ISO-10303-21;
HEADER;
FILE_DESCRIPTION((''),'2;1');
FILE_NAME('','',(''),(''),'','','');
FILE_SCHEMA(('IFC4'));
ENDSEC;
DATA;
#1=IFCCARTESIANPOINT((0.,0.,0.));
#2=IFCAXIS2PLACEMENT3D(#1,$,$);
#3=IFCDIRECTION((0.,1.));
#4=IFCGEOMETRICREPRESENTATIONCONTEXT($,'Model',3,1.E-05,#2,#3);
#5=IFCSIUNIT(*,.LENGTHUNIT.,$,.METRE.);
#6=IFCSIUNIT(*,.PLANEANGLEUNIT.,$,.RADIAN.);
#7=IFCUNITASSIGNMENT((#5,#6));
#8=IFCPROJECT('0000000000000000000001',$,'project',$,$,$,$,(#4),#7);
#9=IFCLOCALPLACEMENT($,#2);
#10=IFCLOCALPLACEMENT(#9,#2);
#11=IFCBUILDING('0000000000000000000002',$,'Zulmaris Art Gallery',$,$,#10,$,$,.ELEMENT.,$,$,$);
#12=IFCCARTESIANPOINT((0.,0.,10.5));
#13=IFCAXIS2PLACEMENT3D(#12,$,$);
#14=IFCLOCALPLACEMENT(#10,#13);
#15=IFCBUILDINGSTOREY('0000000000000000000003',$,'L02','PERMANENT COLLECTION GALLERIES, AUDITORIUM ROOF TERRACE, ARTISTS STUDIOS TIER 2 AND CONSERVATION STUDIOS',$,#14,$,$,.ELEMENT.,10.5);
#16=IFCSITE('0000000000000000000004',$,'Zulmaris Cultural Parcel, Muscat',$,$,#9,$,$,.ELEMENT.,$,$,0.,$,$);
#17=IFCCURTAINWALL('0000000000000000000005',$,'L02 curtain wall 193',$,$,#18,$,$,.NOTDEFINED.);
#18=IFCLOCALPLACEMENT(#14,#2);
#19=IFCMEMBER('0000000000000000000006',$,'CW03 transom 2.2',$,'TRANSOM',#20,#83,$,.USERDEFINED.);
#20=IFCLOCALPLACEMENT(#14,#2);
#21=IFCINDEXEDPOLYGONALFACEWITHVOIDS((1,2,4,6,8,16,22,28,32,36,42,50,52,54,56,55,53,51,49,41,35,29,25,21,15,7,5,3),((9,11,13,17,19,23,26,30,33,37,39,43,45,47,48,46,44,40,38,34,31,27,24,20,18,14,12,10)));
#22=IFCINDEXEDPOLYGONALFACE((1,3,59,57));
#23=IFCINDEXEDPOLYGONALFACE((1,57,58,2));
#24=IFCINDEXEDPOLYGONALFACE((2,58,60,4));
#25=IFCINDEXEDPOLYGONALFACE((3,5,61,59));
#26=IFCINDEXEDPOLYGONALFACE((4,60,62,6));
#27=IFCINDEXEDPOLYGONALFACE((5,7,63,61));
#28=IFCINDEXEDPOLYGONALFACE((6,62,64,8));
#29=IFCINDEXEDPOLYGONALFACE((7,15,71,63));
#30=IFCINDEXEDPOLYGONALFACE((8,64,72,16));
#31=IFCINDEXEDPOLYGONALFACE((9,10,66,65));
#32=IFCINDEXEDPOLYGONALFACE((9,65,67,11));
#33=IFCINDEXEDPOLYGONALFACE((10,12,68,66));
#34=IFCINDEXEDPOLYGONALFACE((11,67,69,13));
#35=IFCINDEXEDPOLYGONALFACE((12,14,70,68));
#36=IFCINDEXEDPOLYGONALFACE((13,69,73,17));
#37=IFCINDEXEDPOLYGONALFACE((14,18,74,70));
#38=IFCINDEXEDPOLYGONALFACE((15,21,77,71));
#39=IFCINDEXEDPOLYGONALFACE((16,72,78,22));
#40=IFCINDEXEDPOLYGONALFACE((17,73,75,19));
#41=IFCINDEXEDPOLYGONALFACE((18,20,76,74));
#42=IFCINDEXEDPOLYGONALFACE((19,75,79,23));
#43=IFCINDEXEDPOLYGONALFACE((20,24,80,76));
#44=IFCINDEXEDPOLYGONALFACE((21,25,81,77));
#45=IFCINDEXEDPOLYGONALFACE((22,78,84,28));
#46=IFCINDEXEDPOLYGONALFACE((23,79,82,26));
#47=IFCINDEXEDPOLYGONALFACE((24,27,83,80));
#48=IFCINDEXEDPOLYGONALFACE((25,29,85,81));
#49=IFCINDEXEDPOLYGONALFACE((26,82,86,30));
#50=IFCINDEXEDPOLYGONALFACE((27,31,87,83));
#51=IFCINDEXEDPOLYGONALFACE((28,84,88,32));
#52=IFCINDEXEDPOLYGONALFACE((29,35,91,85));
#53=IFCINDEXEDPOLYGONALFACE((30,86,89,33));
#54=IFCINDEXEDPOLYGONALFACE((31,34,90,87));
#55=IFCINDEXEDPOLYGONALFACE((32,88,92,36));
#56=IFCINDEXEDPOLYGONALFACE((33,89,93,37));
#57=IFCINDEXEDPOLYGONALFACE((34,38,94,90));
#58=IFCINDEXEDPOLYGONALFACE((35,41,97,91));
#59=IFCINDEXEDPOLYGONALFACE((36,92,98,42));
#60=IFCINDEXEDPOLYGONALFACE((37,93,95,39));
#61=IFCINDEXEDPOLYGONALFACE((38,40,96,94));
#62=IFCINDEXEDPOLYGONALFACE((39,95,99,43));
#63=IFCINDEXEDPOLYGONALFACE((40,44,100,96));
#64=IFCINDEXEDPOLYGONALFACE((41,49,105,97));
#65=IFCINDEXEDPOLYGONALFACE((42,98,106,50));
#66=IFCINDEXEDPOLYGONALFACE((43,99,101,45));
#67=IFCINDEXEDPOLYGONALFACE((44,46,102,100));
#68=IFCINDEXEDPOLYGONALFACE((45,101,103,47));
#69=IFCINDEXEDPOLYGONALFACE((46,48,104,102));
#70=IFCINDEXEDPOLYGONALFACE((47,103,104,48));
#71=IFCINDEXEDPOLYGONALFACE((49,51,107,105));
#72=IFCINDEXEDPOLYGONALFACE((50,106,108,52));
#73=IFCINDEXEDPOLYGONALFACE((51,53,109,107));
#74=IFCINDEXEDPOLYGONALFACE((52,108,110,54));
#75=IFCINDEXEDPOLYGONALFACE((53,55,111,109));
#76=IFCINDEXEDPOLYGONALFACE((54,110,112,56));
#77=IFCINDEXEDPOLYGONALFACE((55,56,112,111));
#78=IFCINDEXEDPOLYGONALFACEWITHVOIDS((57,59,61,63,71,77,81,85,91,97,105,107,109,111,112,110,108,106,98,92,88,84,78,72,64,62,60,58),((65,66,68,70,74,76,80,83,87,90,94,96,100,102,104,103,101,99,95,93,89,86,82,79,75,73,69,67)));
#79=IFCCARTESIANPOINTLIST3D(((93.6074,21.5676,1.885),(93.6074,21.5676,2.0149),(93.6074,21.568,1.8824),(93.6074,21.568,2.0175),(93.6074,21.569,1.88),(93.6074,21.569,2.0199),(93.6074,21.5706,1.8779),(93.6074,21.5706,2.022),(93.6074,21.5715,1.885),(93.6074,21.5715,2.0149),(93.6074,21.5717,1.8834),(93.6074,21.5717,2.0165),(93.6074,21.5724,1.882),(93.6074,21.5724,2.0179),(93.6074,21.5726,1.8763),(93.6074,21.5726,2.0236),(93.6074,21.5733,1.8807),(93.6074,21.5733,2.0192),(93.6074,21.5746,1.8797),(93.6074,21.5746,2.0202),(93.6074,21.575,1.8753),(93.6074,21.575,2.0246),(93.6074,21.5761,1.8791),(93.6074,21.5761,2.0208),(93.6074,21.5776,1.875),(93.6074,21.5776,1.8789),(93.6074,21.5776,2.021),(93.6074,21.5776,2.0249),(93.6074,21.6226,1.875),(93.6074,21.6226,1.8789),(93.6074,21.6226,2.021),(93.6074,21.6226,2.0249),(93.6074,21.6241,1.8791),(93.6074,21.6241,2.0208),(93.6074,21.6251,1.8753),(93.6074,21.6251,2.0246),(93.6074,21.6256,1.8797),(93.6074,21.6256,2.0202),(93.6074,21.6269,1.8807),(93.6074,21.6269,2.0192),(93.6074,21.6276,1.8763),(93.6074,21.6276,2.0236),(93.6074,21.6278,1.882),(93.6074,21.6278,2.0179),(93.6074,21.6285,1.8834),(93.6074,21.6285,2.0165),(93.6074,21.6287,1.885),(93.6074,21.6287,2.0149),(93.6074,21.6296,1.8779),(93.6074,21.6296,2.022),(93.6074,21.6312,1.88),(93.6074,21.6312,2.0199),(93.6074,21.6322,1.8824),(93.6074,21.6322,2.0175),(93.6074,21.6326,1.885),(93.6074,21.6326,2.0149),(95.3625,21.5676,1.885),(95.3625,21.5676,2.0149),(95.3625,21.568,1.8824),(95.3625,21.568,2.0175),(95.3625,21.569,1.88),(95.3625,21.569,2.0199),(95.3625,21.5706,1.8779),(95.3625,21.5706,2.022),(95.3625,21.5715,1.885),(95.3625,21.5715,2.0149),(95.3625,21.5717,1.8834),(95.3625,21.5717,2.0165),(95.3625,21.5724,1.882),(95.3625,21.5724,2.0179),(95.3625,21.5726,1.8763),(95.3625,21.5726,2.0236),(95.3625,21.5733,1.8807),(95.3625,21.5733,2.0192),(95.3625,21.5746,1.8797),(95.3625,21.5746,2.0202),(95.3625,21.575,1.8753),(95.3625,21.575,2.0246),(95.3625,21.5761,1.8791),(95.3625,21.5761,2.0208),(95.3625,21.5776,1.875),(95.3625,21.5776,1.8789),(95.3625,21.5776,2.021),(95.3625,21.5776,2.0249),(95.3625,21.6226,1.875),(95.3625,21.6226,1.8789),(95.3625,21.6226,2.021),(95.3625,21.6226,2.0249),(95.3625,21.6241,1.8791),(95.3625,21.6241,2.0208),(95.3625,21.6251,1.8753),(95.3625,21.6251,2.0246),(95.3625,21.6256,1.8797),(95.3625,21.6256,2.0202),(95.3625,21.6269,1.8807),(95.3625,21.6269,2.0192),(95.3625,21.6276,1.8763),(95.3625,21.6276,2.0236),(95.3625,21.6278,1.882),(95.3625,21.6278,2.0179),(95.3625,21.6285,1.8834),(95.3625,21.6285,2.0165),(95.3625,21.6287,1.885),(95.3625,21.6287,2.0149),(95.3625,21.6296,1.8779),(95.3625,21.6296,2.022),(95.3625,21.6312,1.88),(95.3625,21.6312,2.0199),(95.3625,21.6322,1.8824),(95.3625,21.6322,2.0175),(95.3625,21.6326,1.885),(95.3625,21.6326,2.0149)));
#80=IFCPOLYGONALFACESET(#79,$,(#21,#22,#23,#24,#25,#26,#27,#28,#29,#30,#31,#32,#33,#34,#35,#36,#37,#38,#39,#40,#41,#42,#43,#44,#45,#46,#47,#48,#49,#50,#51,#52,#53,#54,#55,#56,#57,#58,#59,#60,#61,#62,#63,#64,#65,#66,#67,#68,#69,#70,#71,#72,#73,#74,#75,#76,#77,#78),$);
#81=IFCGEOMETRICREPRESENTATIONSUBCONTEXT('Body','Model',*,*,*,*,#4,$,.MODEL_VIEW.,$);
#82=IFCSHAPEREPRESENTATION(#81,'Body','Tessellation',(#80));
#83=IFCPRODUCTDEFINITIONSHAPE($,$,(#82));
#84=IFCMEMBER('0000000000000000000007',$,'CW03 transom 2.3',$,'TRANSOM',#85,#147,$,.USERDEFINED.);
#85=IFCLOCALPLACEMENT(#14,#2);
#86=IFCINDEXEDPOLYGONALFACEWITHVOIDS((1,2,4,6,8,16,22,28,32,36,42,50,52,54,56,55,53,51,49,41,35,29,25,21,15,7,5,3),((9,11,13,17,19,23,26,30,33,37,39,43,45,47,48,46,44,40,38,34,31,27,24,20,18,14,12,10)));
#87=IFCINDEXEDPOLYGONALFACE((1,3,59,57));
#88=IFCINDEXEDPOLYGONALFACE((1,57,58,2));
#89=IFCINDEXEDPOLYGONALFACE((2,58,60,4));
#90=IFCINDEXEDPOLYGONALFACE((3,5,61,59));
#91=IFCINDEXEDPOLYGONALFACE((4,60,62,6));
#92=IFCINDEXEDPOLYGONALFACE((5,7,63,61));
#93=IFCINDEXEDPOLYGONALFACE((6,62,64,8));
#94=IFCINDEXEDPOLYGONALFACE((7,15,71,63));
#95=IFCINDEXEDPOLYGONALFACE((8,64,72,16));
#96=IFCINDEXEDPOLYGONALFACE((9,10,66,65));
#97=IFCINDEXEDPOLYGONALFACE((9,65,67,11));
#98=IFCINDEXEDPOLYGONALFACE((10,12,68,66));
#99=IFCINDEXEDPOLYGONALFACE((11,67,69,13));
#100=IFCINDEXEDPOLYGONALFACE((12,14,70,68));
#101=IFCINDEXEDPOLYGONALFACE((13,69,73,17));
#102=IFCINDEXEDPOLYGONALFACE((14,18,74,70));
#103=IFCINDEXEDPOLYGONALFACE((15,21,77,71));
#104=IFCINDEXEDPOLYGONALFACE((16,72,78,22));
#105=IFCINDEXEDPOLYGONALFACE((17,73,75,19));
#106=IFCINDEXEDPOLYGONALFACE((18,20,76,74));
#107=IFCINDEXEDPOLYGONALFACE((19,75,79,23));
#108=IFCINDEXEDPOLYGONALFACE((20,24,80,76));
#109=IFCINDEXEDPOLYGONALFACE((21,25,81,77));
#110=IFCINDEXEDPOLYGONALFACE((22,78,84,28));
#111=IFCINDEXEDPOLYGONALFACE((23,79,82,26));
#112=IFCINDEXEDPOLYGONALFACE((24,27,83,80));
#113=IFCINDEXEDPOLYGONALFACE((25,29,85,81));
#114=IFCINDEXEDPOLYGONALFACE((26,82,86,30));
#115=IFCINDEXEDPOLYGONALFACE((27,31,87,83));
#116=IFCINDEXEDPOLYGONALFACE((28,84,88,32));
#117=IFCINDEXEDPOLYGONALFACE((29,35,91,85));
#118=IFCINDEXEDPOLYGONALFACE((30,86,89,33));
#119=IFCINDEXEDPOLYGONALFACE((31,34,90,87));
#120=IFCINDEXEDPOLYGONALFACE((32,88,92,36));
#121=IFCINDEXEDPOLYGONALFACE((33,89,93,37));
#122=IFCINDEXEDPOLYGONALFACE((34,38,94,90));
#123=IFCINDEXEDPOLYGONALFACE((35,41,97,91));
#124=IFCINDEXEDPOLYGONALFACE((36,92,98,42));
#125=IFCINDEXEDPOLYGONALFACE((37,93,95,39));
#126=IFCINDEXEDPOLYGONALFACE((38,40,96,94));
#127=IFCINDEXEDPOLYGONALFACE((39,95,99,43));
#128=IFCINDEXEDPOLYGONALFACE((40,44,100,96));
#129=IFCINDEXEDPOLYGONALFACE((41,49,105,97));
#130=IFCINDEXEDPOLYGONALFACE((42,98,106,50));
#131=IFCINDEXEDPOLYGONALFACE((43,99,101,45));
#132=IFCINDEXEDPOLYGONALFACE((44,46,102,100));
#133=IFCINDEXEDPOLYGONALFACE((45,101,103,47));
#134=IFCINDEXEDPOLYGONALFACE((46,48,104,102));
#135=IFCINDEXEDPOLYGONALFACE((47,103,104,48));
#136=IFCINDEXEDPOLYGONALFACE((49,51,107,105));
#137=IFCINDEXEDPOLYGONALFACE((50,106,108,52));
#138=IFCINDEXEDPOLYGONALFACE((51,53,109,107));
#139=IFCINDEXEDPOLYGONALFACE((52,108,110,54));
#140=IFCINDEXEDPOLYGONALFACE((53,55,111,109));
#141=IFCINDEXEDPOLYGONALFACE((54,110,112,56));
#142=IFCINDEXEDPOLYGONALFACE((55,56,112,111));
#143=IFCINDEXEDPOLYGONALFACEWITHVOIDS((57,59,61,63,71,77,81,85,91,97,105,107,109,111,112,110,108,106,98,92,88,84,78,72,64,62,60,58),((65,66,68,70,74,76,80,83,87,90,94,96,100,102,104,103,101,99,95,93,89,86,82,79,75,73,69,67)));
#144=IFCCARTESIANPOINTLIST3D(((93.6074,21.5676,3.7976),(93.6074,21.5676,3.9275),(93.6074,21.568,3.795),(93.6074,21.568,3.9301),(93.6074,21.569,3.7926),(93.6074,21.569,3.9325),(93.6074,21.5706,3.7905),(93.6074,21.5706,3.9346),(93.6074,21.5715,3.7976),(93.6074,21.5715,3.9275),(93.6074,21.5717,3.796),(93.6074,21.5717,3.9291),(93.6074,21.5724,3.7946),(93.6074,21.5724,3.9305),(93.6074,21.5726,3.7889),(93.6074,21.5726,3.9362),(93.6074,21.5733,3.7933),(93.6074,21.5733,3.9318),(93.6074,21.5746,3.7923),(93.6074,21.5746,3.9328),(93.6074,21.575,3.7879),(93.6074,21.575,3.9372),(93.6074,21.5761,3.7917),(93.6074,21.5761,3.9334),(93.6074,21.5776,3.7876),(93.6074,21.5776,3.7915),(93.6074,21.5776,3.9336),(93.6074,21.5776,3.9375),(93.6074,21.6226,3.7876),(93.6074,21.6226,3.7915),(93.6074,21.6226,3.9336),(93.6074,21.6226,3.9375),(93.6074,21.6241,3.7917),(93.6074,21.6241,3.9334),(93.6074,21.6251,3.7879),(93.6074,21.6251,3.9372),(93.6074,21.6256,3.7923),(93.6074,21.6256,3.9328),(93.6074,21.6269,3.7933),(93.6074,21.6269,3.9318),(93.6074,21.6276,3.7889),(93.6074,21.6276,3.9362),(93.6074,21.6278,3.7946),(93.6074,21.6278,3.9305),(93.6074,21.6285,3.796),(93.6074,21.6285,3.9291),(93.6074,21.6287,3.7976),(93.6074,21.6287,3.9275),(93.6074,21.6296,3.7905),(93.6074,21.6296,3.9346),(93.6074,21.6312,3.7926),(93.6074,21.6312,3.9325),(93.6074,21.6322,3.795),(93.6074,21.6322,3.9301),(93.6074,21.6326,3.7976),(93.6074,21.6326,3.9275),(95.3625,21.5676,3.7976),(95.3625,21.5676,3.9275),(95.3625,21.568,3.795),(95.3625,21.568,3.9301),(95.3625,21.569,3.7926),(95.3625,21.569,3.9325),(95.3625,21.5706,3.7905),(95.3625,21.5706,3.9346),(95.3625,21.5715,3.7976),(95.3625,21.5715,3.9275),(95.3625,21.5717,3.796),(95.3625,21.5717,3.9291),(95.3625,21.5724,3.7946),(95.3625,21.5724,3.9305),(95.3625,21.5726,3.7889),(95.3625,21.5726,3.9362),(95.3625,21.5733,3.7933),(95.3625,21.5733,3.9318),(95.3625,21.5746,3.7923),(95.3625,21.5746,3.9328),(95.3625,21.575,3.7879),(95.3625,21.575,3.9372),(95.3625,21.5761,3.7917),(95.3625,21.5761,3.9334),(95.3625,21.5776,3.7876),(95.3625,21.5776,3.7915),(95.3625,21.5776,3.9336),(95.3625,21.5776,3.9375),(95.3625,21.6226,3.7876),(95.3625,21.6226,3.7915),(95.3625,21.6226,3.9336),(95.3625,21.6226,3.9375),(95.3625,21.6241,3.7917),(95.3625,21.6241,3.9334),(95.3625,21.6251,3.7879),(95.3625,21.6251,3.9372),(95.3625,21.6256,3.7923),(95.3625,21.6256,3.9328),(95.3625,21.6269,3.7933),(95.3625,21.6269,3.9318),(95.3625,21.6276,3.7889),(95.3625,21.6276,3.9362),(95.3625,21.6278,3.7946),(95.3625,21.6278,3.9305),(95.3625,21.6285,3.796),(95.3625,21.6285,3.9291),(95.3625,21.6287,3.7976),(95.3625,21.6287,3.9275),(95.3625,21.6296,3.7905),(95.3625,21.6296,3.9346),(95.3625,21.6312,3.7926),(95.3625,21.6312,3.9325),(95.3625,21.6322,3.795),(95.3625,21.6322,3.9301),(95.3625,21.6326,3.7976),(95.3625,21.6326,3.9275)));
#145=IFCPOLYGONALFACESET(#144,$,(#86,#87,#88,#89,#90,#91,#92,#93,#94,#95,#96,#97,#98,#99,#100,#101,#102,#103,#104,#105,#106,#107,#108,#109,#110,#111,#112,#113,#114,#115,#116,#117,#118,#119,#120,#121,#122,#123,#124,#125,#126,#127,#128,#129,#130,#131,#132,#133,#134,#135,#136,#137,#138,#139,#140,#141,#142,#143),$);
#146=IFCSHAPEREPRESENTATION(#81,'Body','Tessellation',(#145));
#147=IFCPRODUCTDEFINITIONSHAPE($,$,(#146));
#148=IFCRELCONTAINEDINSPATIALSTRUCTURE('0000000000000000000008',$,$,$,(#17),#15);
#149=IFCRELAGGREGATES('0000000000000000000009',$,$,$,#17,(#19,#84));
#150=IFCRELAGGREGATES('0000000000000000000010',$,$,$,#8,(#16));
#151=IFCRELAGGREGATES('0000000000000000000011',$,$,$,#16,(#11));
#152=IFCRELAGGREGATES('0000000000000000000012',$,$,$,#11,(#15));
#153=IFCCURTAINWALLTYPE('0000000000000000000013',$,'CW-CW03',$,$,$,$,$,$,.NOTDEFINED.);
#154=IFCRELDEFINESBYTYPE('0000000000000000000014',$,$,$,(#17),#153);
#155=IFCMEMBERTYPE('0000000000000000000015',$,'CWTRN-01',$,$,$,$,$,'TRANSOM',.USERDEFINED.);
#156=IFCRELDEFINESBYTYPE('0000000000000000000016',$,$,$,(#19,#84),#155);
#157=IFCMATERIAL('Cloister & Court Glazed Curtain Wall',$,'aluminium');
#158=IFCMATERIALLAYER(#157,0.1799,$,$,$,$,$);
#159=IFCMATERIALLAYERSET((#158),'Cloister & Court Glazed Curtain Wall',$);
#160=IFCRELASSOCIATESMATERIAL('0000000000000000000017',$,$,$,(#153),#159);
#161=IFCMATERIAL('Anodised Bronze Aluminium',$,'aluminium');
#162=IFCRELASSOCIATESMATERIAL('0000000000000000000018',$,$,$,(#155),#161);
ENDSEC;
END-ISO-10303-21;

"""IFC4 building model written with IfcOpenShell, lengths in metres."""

from ifc_helpers import new_model, si_unit, direction, frame, origin, origin_2d, place, context, subcontext, project, spatial, hollow_rectangle, extrude, material, layer, layer_set, material_profile, profile_set, type_object, element, aggregate, save


model = new_model("IFC4")

# Units and contexts
model_context = context("Model", 3, precision=1e-05, world=origin(), true_north=direction((0.0, 1.0)))
body_context = subcontext(model_context, "Body", "Model", "MODEL_VIEW")
ifc_project = project(units=[si_unit("LENGTHUNIT", "METRE"), si_unit("PLANEANGLEUNIT", "RADIAN")], contexts=[model_context])

# Site, building, storey
site_placement = place(None, origin())
site = spatial("IfcSite", under=ifc_project, at=site_placement, Name="Zulmaris Cultural Parcel, Muscat", CompositionType="ELEMENT", RefElevation=0.0)
building_placement = place(site_placement, origin())
building = spatial("IfcBuilding", under=site, at=building_placement, Name="Zulmaris Art Gallery", CompositionType="ELEMENT")
storey_placement = place(building_placement, frame((0.0, 0.0, 10.5)))
storey = spatial("IfcBuildingStorey", under=building, at=storey_placement, Name="L02", Description="PERMANENT COLLECTION GALLERIES, AUDITORIUM ROOF TERRACE, ARTISTS STUDIOS TIER 2 AND CONSERVATION STUDIOS", CompositionType="ELEMENT", Elevation=10.5)

# Curtain wall
ifc_material_1 = material(Name="Cloister & Court Glazed Curtain Wall", Category="aluminium")
ifc_layer_1 = layer(ifc_material_1, 0.1799)
ifc_layer_set_1 = layer_set([ifc_layer_1], Name="Cloister & Court Glazed Curtain Wall")
curtain_wall_type = type_object("IfcCurtainWallType", Name="CW-CW03", PredefinedType="NOTDEFINED", material=ifc_layer_set_1)
ifc_material_2 = material(Name="Anodised Bronze Aluminium", Category="aluminium")
curtain_wall_1_placement = place(storey_placement, origin())
curtain_wall_1 = element("IfcCurtainWall", 1, at=curtain_wall_1_placement, inside=storey, type_object=curtain_wall_type, Name="L02 curtain wall 193", PredefinedType="NOTDEFINED")

# Members
ifc_material_profile_1 = material_profile(ifc_material_2, hollow_rectangle(XDim=0.0649, YDim=0.1499, WallThickness=0.0039, InnerFilletRadius=0.0061, OuterFilletRadius=0.01, at=origin_2d()), Name="ALU 65x150x4")
ifc_profile_set_1 = profile_set([ifc_material_profile_1], Name="Anodised Bronze Aluminium")
member_type_1 = type_object("IfcMemberType", Name="CWTRN-01", ElementType="TRANSOM", PredefinedType="USERDEFINED", material=ifc_profile_set_1)
member_1_placement = place(storey_placement, frame((93.6074, 21.6001, 1.95), z_axis=(1.0, 0.0, 0.0), x_axis=(0.0, 1.0, 0.0)))
member_1 = element("IfcMember", 2, at=member_1_placement, type_object=member_type_1, Name="CW03 transom 2.2", ObjectType="TRANSOM", PredefinedType="USERDEFINED", context=body_context, shape_type="SweptSolid", body=[
    extrude(hollow_rectangle(XDim=0.0649, YDim=0.1499, WallThickness=0.0039, InnerFilletRadius=0.0061, OuterFilletRadius=0.01, at=origin_2d()), origin(), (0.0, 0.0, 1.0), 1.7551),
])
member_2_placement = place(storey_placement, frame((93.6074, 21.6001, 3.8625), z_axis=(1.0, 0.0, 0.0), x_axis=(0.0, 1.0, 0.0)))
member_2 = element("IfcMember", 3, at=member_2_placement, type_object=member_type_1, Name="CW03 transom 2.3", ObjectType="TRANSOM", PredefinedType="USERDEFINED", context=body_context, shape_type="SweptSolid", body=[
    extrude(hollow_rectangle(XDim=0.0649, YDim=0.1499, WallThickness=0.0039, InnerFilletRadius=0.0061, OuterFilletRadius=0.01, at=origin_2d()), origin(), (0.0, 0.0, 1.0), 1.7551),
])

aggregate(curtain_wall_1, [member_1, member_2])

save(model, "model.ifc")
